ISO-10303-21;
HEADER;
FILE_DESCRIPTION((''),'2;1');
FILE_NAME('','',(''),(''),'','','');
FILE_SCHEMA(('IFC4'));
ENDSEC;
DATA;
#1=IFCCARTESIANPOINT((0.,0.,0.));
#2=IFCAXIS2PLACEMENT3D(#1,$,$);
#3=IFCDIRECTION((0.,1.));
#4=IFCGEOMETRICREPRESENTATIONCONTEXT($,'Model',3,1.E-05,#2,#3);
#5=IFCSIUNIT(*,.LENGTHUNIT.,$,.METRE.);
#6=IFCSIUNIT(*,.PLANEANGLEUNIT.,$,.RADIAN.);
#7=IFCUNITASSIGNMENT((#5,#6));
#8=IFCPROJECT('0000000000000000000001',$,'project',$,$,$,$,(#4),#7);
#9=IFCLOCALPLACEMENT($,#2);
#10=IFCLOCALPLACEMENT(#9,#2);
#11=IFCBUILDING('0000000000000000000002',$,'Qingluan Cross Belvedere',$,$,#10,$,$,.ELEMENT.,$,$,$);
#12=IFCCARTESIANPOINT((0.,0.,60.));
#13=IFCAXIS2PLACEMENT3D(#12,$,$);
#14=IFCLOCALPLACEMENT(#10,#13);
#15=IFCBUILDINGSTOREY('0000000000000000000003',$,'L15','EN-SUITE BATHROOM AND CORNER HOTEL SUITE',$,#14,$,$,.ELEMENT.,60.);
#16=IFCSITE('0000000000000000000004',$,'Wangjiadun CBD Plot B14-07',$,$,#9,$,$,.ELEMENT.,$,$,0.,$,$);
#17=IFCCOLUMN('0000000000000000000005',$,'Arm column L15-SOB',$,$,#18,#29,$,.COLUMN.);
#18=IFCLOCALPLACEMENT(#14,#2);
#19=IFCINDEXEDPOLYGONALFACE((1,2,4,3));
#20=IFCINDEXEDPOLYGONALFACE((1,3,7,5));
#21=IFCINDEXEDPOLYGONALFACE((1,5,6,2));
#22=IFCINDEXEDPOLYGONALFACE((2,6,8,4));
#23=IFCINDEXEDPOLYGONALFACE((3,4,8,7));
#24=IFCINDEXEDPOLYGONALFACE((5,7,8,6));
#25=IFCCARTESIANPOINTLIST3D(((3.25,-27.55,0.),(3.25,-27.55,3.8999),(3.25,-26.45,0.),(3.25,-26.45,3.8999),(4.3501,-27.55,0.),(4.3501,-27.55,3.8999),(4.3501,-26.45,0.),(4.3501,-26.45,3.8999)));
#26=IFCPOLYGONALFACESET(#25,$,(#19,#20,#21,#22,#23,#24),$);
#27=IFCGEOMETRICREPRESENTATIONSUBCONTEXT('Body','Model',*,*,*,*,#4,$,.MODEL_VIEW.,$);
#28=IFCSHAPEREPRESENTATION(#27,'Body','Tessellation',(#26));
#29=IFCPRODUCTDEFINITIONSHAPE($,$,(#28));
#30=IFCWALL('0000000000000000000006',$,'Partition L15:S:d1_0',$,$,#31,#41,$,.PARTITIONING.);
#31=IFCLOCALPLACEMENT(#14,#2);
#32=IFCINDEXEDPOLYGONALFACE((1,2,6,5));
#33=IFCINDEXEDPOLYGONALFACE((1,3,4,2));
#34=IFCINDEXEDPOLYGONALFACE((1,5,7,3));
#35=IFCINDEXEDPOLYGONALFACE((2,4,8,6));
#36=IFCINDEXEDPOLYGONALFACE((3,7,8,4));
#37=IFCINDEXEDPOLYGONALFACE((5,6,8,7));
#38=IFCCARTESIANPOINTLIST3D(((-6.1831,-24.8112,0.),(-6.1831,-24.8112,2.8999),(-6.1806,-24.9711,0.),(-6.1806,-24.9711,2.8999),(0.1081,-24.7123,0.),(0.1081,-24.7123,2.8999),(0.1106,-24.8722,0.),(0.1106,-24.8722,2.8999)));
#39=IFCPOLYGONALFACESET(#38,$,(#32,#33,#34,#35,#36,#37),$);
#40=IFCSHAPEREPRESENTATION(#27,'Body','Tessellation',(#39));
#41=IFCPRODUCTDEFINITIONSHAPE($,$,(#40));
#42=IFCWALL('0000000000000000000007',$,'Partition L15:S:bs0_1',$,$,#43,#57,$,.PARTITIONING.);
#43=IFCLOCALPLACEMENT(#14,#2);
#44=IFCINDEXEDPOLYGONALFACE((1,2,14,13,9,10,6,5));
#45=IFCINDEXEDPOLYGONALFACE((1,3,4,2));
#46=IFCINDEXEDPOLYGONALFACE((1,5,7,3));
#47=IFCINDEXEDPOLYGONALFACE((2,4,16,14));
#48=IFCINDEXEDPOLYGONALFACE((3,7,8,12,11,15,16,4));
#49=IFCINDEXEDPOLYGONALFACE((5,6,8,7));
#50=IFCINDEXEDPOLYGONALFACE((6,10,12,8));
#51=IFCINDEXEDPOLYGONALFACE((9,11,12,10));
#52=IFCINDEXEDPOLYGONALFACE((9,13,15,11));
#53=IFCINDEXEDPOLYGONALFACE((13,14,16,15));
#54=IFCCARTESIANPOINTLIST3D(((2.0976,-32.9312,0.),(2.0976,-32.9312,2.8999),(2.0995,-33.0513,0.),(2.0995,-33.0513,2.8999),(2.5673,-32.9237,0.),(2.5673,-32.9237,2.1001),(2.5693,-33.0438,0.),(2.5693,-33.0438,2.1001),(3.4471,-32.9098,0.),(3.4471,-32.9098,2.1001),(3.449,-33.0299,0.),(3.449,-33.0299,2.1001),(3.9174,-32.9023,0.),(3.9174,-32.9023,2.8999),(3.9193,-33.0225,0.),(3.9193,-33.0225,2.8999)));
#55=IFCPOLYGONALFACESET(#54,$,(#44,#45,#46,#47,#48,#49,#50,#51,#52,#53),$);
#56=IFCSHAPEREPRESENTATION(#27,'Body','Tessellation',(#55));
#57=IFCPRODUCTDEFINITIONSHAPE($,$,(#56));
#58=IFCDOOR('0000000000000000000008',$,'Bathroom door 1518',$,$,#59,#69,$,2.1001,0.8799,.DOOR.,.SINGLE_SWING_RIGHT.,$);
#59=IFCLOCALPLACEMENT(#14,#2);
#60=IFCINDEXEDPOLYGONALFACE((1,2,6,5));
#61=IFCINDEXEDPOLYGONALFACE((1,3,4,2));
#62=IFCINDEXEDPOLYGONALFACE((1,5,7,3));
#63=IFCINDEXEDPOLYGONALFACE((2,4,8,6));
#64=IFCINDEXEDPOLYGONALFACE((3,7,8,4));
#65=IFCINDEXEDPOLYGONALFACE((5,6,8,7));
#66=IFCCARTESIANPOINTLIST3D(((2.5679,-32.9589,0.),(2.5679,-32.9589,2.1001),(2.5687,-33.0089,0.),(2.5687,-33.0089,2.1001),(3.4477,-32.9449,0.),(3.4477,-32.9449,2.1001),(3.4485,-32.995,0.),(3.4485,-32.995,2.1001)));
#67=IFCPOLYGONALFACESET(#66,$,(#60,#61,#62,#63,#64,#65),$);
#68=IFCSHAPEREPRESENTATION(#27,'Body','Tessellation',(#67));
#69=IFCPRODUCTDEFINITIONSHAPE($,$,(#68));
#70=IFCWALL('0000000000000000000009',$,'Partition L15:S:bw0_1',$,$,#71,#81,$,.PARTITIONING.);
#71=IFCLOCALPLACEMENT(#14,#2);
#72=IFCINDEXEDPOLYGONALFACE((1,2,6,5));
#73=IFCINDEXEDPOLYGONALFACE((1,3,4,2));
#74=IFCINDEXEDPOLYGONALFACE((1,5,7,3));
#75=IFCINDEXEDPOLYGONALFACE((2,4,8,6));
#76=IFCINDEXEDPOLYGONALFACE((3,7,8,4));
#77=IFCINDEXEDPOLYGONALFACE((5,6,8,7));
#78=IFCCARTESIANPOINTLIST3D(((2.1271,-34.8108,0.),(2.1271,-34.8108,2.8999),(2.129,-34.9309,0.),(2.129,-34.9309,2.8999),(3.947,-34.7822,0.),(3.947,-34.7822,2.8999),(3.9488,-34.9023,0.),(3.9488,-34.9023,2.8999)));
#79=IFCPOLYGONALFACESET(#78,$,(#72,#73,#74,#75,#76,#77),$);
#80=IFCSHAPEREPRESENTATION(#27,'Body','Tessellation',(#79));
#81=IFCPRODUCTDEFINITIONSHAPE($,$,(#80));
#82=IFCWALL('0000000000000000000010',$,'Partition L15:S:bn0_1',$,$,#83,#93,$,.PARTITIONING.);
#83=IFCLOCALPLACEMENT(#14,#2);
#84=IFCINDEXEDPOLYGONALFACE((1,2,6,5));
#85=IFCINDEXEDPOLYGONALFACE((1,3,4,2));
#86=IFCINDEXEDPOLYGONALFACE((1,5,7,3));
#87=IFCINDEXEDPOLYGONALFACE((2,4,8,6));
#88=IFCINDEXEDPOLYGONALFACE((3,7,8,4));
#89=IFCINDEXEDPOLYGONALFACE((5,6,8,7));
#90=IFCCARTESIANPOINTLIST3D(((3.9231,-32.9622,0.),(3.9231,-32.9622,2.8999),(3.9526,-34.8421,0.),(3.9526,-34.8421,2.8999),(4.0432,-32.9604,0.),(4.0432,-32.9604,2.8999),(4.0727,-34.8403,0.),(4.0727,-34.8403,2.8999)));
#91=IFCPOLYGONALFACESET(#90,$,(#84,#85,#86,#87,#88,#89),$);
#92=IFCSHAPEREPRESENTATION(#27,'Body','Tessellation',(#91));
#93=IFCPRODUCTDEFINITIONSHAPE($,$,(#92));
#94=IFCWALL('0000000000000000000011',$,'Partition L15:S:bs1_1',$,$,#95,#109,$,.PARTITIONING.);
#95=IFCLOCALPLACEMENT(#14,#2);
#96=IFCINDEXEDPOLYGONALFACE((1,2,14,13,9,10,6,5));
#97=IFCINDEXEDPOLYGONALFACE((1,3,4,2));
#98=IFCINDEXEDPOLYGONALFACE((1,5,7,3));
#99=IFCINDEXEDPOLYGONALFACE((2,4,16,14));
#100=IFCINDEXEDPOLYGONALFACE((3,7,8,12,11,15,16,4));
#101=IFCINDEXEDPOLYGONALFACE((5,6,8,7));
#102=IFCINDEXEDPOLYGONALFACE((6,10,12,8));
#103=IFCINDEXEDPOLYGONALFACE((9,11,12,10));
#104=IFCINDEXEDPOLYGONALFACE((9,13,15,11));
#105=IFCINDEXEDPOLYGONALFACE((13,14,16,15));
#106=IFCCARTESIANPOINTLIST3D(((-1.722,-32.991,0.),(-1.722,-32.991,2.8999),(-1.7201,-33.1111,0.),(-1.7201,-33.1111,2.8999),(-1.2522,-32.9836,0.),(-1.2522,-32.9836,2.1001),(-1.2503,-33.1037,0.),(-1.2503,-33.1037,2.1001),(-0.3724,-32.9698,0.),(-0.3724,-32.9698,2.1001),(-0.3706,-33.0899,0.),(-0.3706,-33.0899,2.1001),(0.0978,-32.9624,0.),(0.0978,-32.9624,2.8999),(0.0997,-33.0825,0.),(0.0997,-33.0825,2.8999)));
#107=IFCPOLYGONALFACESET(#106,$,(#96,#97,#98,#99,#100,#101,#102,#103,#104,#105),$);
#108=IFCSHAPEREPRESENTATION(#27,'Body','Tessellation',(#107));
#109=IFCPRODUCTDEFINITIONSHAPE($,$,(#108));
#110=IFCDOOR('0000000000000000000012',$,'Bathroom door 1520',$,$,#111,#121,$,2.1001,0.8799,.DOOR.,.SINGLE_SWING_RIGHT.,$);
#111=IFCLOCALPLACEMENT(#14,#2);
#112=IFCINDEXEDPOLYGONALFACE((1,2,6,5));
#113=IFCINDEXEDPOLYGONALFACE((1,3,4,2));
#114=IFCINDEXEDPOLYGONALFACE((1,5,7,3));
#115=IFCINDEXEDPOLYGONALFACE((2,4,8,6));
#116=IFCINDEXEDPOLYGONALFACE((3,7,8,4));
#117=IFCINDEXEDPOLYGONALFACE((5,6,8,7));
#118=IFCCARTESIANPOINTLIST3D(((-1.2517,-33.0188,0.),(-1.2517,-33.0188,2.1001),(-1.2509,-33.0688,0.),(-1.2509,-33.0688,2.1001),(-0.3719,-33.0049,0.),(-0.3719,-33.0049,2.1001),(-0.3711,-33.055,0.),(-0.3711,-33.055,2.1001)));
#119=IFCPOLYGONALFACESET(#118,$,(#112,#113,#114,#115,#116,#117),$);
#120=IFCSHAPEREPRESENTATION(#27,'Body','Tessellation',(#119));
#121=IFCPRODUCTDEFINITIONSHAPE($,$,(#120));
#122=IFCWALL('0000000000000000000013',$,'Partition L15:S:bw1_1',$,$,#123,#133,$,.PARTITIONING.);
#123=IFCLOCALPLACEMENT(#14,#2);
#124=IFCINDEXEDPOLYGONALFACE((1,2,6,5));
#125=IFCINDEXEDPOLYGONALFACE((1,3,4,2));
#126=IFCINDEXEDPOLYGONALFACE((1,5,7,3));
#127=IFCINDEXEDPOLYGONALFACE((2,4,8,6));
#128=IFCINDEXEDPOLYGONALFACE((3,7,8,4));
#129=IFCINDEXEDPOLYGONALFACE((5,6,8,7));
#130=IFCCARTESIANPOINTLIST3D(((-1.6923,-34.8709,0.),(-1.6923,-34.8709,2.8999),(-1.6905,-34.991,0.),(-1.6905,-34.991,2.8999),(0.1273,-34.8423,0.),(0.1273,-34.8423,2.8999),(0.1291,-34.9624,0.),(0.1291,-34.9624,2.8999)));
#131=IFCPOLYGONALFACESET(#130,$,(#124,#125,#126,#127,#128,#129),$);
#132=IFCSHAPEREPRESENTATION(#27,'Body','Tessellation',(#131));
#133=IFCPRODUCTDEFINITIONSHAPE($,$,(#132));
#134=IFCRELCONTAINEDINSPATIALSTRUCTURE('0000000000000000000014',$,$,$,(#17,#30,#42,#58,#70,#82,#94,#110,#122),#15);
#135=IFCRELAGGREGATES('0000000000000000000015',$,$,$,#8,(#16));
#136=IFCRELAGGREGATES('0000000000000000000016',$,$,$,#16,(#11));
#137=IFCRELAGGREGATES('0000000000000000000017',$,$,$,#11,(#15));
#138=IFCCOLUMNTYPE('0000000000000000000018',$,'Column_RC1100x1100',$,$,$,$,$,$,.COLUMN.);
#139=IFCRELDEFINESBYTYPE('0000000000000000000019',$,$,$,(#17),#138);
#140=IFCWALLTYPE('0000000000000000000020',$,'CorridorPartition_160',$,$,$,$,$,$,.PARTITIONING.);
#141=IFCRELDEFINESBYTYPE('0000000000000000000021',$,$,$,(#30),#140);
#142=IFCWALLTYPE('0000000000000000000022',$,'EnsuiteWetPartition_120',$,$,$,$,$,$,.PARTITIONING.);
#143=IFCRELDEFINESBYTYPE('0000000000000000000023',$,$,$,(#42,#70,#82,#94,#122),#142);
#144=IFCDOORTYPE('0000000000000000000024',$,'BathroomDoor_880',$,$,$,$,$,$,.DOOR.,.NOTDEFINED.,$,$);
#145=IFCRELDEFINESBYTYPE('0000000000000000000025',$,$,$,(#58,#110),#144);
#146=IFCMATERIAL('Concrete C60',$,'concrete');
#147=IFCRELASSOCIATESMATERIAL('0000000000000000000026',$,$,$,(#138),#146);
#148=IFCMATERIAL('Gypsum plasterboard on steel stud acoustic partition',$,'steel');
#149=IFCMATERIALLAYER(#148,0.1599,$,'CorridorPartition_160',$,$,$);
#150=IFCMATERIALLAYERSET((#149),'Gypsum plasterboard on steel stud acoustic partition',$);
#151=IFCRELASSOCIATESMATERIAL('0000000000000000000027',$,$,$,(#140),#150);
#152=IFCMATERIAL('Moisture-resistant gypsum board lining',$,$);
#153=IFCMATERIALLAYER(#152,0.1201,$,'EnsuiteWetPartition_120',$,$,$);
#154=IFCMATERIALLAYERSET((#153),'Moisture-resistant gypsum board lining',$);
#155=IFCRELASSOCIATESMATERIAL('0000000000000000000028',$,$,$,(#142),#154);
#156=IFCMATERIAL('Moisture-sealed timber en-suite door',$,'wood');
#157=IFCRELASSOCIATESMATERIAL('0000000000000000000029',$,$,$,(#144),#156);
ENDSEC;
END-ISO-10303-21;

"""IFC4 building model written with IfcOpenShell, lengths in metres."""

from ifc_helpers import new_model, si_unit, direction, frame, frame_2d, origin, origin_2d, place, context, subcontext, project, spatial, rectangle, extrude, material, layer, layer_set, material_profile, profile_set, type_object, element, fill, save


model = new_model("IFC4")

# Units and contexts
model_context = context("Model", 3, precision=1e-05, world=origin(), true_north=direction((0.0, 1.0)))
body_context = subcontext(model_context, "Body", "Model", "MODEL_VIEW")
ifc_project = project(units=[si_unit("LENGTHUNIT", "METRE"), si_unit("PLANEANGLEUNIT", "RADIAN")], contexts=[model_context])

# Site, building, storey
site_placement = place(None, origin())
site = spatial("IfcSite", under=ifc_project, at=site_placement, Name="Wangjiadun CBD Plot B14-07", CompositionType="ELEMENT", RefElevation=0.0)
building_placement = place(site_placement, origin())
building = spatial("IfcBuilding", under=site, at=building_placement, Name="Qingluan Cross Belvedere", CompositionType="ELEMENT")
storey_placement = place(building_placement, frame((0.0, 0.0, 60.0)))
storey = spatial("IfcBuildingStorey", under=building, at=storey_placement, Name="L15", Description="EN-SUITE BATHROOM AND CORNER HOTEL SUITE", CompositionType="ELEMENT", Elevation=60.0)

# Column
ifc_material_1 = material(Name="Concrete C60", Category="concrete")
ifc_material_profile = material_profile(ifc_material_1, rectangle(XDim=1.1001, YDim=1.1001, at=origin_2d()), Name="RC1100x1100")
ifc_profile_set = profile_set([ifc_material_profile], Name="Concrete C60")
column_type = type_object("IfcColumnType", Name="Column_RC1100x1100", PredefinedType="COLUMN", material=ifc_profile_set)
column_placement = place(storey_placement, frame((3.8, -27.0, 0.0), z_axis=(0.0, 0.0, 1.0), x_axis=(1.0, 0.0, 0.0)))
element("IfcColumn", 1, at=column_placement, inside=storey, type_object=column_type, Name="Arm column L15-SOB", PredefinedType="COLUMN", context=body_context, shape_type="SweptSolid", body=[
    extrude(rectangle(XDim=1.1001, YDim=1.1001, at=origin_2d()), origin(), (0.0, 0.0, 1.0), 3.8999),
])

# Wall
ifc_material_2 = material(Name="Gypsum plasterboard on steel stud acoustic partition", Category="steel")
ifc_layer_1 = layer(ifc_material_2, 0.1599, Name="CorridorPartition_160")
ifc_layer_set_1 = layer_set([ifc_layer_1], Name="Gypsum plasterboard on steel stud acoustic partition")
wall_type_1 = type_object("IfcWallType", Name="CorridorPartition_160", PredefinedType="PARTITIONING", material=ifc_layer_set_1)
wall_1_placement = place(storey_placement, frame((0.1094, -24.7922, 0.0), z_axis=(0.0, 0.0, 1.0), x_axis=(-0.999877, -0.015715, 0.0)))
element("IfcWall", 2, at=wall_1_placement, inside=storey, type_object=wall_type_1, Name="Partition L15:S:d1_0", PredefinedType="PARTITIONING", context=body_context, shape_type="SweptSolid", body=[
    extrude(rectangle(XDim=6.292, YDim=0.1599, at=frame_2d((3.146, 0.0))), origin(), (0.0, 0.0, 1.0), 2.8999),
])

# Wall, opening, door
ifc_material_3 = material(Name="Moisture-resistant gypsum board lining")
ifc_layer_2 = layer(ifc_material_3, 0.1201, Name="EnsuiteWetPartition_120")
ifc_layer_set_2 = layer_set([ifc_layer_2], Name="Moisture-resistant gypsum board lining")
wall_type_2 = type_object("IfcWallType", Name="EnsuiteWetPartition_120", PredefinedType="PARTITIONING", material=ifc_layer_set_2)
wall_2_placement = place(storey_placement, frame((2.0984, -32.9912, 0.0), z_axis=(0.0, 0.0, 1.0), x_axis=(0.999875, 0.015828, 0.0)))
wall_2 = element("IfcWall", 3, at=wall_2_placement, inside=storey, type_object=wall_type_2, Name="Partition L15:S:bs0_1", PredefinedType="PARTITIONING", context=body_context, shape_type="SweptSolid", body=[
    extrude(rectangle(XDim=1.8201, YDim=0.1201, at=frame_2d((0.9102, 0.0))), origin(), (0.0, 0.0, 1.0), 2.8999),
])
opening_1_placement = place(wall_2_placement, frame((0.47, 0.0, 0.0)))
opening_1 = element("IfcOpeningElement", 4, at=opening_1_placement, cuts=wall_2, PredefinedType="OPENING", context=body_context, shape_type="SweptSolid", body=[
    extrude(rectangle(XDim=0.8799, YDim=2.1001, at=frame_2d((0.4399, 1.05))), frame((0.0, 0.0701, 0.0), z_axis=(0.0, -1.0, 0.0), x_axis=(1.0, 0.0, 0.0)), (0.0, 0.0, 1.0), 0.1401),
])
ifc_material_4 = material(Name="Moisture-sealed timber en-suite door", Category="wood")
door_type = type_object("IfcDoorType", Name="BathroomDoor_880", OperationType="NOTDEFINED", PredefinedType="DOOR", material=ifc_material_4)
door_1_placement = place(opening_1_placement, origin())
door_1 = element("IfcDoor", 5, at=door_1_placement, inside=storey, type_object=door_type, Name="Bathroom door 1518", OperationType="SINGLE_SWING_RIGHT", OverallHeight=2.1001, OverallWidth=0.8799, PredefinedType="DOOR", context=body_context, shape_type="SweptSolid", body=[
    extrude(rectangle(XDim=0.8799, YDim=2.1001, at=frame_2d((0.4399, 1.05))), frame((0.0, 0.0249, 0.0), z_axis=(0.0, -1.0, 0.0), x_axis=(1.0, 0.0, 0.0)), (0.0, 0.0, 1.0), 0.05),
])
fill(opening_1, door_1)

# Walls
wall_3_placement = place(storey_placement, frame((2.1279, -34.8708, 0.0), z_axis=(0.0, 0.0, 1.0), x_axis=(0.999877, 0.015694, 0.0)))
element("IfcWall", 6, at=wall_3_placement, inside=storey, type_object=wall_type_2, Name="Partition L15:S:bw0_1", PredefinedType="PARTITIONING", context=body_context, shape_type="SweptSolid", body=[
    extrude(rectangle(XDim=1.8201, YDim=0.1201, at=frame_2d((0.9102, 0.0))), origin(), (0.0, 0.0, 1.0), 2.8999),
])
wall_4_placement = place(storey_placement, frame((3.9832, -32.9614, 0.0), z_axis=(0.0, 0.0, 1.0), x_axis=(0.015712, -0.999877, 0.0)))
element("IfcWall", 7, at=wall_4_placement, inside=storey, type_object=wall_type_2, Name="Partition L15:S:bn0_1", PredefinedType="PARTITIONING", context=body_context, shape_type="SweptSolid", body=[
    extrude(rectangle(XDim=1.8801, YDim=0.1201, at=frame_2d((0.9399, 0.0))), origin(), (0.0, 0.0, 1.0), 2.8999),
])

# Wall, opening, door
wall_5_placement = place(storey_placement, frame((-1.7212, -33.051, 0.0), z_axis=(0.0, 0.0, 1.0), x_axis=(0.999877, 0.015694, 0.0)))
wall_5 = element("IfcWall", 8, at=wall_5_placement, inside=storey, type_object=wall_type_2, Name="Partition L15:S:bs1_1", PredefinedType="PARTITIONING", context=body_context, shape_type="SweptSolid", body=[
    extrude(rectangle(XDim=1.8201, YDim=0.1201, at=frame_2d((0.9102, 0.0))), origin(), (0.0, 0.0, 1.0), 2.8999),
])
opening_2_placement = place(wall_5_placement, frame((0.47, 0.0, 0.0)))
opening_2 = element("IfcOpeningElement", 9, at=opening_2_placement, cuts=wall_5, PredefinedType="OPENING", context=body_context, shape_type="SweptSolid", body=[
    extrude(rectangle(XDim=0.8799, YDim=2.1001, at=frame_2d((0.4399, 1.05))), frame((0.0, 0.0701, 0.0), z_axis=(0.0, -1.0, 0.0), x_axis=(1.0, 0.0, 0.0)), (0.0, 0.0, 1.0), 0.1401),
])
door_2_placement = place(opening_2_placement, origin())
door_2 = element("IfcDoor", 10, at=door_2_placement, inside=storey, type_object=door_type, Name="Bathroom door 1520", OperationType="SINGLE_SWING_RIGHT", OverallHeight=2.1001, OverallWidth=0.8799, PredefinedType="DOOR", context=body_context, shape_type="SweptSolid", body=[
    extrude(rectangle(XDim=0.8799, YDim=2.1001, at=frame_2d((0.4399, 1.05))), frame((0.0, 0.0249, 0.0), z_axis=(0.0, -1.0, 0.0), x_axis=(1.0, 0.0, 0.0)), (0.0, 0.0, 1.0), 0.05),
])
fill(opening_2, door_2)

# Wall
wall_6_placement = place(storey_placement, frame((-1.6914, -34.9309, 0.0), z_axis=(0.0, 0.0, 1.0), x_axis=(0.999877, 0.015696, 0.0)))
element("IfcWall", 11, at=wall_6_placement, inside=storey, type_object=wall_type_2, Name="Partition L15:S:bw1_1", PredefinedType="PARTITIONING", context=body_context, shape_type="SweptSolid", body=[
    extrude(rectangle(XDim=1.8198, YDim=0.1201, at=frame_2d((0.9099, 0.0))), origin(), (0.0, 0.0, 1.0), 2.8999),
])

save(model, "model.ifc")
